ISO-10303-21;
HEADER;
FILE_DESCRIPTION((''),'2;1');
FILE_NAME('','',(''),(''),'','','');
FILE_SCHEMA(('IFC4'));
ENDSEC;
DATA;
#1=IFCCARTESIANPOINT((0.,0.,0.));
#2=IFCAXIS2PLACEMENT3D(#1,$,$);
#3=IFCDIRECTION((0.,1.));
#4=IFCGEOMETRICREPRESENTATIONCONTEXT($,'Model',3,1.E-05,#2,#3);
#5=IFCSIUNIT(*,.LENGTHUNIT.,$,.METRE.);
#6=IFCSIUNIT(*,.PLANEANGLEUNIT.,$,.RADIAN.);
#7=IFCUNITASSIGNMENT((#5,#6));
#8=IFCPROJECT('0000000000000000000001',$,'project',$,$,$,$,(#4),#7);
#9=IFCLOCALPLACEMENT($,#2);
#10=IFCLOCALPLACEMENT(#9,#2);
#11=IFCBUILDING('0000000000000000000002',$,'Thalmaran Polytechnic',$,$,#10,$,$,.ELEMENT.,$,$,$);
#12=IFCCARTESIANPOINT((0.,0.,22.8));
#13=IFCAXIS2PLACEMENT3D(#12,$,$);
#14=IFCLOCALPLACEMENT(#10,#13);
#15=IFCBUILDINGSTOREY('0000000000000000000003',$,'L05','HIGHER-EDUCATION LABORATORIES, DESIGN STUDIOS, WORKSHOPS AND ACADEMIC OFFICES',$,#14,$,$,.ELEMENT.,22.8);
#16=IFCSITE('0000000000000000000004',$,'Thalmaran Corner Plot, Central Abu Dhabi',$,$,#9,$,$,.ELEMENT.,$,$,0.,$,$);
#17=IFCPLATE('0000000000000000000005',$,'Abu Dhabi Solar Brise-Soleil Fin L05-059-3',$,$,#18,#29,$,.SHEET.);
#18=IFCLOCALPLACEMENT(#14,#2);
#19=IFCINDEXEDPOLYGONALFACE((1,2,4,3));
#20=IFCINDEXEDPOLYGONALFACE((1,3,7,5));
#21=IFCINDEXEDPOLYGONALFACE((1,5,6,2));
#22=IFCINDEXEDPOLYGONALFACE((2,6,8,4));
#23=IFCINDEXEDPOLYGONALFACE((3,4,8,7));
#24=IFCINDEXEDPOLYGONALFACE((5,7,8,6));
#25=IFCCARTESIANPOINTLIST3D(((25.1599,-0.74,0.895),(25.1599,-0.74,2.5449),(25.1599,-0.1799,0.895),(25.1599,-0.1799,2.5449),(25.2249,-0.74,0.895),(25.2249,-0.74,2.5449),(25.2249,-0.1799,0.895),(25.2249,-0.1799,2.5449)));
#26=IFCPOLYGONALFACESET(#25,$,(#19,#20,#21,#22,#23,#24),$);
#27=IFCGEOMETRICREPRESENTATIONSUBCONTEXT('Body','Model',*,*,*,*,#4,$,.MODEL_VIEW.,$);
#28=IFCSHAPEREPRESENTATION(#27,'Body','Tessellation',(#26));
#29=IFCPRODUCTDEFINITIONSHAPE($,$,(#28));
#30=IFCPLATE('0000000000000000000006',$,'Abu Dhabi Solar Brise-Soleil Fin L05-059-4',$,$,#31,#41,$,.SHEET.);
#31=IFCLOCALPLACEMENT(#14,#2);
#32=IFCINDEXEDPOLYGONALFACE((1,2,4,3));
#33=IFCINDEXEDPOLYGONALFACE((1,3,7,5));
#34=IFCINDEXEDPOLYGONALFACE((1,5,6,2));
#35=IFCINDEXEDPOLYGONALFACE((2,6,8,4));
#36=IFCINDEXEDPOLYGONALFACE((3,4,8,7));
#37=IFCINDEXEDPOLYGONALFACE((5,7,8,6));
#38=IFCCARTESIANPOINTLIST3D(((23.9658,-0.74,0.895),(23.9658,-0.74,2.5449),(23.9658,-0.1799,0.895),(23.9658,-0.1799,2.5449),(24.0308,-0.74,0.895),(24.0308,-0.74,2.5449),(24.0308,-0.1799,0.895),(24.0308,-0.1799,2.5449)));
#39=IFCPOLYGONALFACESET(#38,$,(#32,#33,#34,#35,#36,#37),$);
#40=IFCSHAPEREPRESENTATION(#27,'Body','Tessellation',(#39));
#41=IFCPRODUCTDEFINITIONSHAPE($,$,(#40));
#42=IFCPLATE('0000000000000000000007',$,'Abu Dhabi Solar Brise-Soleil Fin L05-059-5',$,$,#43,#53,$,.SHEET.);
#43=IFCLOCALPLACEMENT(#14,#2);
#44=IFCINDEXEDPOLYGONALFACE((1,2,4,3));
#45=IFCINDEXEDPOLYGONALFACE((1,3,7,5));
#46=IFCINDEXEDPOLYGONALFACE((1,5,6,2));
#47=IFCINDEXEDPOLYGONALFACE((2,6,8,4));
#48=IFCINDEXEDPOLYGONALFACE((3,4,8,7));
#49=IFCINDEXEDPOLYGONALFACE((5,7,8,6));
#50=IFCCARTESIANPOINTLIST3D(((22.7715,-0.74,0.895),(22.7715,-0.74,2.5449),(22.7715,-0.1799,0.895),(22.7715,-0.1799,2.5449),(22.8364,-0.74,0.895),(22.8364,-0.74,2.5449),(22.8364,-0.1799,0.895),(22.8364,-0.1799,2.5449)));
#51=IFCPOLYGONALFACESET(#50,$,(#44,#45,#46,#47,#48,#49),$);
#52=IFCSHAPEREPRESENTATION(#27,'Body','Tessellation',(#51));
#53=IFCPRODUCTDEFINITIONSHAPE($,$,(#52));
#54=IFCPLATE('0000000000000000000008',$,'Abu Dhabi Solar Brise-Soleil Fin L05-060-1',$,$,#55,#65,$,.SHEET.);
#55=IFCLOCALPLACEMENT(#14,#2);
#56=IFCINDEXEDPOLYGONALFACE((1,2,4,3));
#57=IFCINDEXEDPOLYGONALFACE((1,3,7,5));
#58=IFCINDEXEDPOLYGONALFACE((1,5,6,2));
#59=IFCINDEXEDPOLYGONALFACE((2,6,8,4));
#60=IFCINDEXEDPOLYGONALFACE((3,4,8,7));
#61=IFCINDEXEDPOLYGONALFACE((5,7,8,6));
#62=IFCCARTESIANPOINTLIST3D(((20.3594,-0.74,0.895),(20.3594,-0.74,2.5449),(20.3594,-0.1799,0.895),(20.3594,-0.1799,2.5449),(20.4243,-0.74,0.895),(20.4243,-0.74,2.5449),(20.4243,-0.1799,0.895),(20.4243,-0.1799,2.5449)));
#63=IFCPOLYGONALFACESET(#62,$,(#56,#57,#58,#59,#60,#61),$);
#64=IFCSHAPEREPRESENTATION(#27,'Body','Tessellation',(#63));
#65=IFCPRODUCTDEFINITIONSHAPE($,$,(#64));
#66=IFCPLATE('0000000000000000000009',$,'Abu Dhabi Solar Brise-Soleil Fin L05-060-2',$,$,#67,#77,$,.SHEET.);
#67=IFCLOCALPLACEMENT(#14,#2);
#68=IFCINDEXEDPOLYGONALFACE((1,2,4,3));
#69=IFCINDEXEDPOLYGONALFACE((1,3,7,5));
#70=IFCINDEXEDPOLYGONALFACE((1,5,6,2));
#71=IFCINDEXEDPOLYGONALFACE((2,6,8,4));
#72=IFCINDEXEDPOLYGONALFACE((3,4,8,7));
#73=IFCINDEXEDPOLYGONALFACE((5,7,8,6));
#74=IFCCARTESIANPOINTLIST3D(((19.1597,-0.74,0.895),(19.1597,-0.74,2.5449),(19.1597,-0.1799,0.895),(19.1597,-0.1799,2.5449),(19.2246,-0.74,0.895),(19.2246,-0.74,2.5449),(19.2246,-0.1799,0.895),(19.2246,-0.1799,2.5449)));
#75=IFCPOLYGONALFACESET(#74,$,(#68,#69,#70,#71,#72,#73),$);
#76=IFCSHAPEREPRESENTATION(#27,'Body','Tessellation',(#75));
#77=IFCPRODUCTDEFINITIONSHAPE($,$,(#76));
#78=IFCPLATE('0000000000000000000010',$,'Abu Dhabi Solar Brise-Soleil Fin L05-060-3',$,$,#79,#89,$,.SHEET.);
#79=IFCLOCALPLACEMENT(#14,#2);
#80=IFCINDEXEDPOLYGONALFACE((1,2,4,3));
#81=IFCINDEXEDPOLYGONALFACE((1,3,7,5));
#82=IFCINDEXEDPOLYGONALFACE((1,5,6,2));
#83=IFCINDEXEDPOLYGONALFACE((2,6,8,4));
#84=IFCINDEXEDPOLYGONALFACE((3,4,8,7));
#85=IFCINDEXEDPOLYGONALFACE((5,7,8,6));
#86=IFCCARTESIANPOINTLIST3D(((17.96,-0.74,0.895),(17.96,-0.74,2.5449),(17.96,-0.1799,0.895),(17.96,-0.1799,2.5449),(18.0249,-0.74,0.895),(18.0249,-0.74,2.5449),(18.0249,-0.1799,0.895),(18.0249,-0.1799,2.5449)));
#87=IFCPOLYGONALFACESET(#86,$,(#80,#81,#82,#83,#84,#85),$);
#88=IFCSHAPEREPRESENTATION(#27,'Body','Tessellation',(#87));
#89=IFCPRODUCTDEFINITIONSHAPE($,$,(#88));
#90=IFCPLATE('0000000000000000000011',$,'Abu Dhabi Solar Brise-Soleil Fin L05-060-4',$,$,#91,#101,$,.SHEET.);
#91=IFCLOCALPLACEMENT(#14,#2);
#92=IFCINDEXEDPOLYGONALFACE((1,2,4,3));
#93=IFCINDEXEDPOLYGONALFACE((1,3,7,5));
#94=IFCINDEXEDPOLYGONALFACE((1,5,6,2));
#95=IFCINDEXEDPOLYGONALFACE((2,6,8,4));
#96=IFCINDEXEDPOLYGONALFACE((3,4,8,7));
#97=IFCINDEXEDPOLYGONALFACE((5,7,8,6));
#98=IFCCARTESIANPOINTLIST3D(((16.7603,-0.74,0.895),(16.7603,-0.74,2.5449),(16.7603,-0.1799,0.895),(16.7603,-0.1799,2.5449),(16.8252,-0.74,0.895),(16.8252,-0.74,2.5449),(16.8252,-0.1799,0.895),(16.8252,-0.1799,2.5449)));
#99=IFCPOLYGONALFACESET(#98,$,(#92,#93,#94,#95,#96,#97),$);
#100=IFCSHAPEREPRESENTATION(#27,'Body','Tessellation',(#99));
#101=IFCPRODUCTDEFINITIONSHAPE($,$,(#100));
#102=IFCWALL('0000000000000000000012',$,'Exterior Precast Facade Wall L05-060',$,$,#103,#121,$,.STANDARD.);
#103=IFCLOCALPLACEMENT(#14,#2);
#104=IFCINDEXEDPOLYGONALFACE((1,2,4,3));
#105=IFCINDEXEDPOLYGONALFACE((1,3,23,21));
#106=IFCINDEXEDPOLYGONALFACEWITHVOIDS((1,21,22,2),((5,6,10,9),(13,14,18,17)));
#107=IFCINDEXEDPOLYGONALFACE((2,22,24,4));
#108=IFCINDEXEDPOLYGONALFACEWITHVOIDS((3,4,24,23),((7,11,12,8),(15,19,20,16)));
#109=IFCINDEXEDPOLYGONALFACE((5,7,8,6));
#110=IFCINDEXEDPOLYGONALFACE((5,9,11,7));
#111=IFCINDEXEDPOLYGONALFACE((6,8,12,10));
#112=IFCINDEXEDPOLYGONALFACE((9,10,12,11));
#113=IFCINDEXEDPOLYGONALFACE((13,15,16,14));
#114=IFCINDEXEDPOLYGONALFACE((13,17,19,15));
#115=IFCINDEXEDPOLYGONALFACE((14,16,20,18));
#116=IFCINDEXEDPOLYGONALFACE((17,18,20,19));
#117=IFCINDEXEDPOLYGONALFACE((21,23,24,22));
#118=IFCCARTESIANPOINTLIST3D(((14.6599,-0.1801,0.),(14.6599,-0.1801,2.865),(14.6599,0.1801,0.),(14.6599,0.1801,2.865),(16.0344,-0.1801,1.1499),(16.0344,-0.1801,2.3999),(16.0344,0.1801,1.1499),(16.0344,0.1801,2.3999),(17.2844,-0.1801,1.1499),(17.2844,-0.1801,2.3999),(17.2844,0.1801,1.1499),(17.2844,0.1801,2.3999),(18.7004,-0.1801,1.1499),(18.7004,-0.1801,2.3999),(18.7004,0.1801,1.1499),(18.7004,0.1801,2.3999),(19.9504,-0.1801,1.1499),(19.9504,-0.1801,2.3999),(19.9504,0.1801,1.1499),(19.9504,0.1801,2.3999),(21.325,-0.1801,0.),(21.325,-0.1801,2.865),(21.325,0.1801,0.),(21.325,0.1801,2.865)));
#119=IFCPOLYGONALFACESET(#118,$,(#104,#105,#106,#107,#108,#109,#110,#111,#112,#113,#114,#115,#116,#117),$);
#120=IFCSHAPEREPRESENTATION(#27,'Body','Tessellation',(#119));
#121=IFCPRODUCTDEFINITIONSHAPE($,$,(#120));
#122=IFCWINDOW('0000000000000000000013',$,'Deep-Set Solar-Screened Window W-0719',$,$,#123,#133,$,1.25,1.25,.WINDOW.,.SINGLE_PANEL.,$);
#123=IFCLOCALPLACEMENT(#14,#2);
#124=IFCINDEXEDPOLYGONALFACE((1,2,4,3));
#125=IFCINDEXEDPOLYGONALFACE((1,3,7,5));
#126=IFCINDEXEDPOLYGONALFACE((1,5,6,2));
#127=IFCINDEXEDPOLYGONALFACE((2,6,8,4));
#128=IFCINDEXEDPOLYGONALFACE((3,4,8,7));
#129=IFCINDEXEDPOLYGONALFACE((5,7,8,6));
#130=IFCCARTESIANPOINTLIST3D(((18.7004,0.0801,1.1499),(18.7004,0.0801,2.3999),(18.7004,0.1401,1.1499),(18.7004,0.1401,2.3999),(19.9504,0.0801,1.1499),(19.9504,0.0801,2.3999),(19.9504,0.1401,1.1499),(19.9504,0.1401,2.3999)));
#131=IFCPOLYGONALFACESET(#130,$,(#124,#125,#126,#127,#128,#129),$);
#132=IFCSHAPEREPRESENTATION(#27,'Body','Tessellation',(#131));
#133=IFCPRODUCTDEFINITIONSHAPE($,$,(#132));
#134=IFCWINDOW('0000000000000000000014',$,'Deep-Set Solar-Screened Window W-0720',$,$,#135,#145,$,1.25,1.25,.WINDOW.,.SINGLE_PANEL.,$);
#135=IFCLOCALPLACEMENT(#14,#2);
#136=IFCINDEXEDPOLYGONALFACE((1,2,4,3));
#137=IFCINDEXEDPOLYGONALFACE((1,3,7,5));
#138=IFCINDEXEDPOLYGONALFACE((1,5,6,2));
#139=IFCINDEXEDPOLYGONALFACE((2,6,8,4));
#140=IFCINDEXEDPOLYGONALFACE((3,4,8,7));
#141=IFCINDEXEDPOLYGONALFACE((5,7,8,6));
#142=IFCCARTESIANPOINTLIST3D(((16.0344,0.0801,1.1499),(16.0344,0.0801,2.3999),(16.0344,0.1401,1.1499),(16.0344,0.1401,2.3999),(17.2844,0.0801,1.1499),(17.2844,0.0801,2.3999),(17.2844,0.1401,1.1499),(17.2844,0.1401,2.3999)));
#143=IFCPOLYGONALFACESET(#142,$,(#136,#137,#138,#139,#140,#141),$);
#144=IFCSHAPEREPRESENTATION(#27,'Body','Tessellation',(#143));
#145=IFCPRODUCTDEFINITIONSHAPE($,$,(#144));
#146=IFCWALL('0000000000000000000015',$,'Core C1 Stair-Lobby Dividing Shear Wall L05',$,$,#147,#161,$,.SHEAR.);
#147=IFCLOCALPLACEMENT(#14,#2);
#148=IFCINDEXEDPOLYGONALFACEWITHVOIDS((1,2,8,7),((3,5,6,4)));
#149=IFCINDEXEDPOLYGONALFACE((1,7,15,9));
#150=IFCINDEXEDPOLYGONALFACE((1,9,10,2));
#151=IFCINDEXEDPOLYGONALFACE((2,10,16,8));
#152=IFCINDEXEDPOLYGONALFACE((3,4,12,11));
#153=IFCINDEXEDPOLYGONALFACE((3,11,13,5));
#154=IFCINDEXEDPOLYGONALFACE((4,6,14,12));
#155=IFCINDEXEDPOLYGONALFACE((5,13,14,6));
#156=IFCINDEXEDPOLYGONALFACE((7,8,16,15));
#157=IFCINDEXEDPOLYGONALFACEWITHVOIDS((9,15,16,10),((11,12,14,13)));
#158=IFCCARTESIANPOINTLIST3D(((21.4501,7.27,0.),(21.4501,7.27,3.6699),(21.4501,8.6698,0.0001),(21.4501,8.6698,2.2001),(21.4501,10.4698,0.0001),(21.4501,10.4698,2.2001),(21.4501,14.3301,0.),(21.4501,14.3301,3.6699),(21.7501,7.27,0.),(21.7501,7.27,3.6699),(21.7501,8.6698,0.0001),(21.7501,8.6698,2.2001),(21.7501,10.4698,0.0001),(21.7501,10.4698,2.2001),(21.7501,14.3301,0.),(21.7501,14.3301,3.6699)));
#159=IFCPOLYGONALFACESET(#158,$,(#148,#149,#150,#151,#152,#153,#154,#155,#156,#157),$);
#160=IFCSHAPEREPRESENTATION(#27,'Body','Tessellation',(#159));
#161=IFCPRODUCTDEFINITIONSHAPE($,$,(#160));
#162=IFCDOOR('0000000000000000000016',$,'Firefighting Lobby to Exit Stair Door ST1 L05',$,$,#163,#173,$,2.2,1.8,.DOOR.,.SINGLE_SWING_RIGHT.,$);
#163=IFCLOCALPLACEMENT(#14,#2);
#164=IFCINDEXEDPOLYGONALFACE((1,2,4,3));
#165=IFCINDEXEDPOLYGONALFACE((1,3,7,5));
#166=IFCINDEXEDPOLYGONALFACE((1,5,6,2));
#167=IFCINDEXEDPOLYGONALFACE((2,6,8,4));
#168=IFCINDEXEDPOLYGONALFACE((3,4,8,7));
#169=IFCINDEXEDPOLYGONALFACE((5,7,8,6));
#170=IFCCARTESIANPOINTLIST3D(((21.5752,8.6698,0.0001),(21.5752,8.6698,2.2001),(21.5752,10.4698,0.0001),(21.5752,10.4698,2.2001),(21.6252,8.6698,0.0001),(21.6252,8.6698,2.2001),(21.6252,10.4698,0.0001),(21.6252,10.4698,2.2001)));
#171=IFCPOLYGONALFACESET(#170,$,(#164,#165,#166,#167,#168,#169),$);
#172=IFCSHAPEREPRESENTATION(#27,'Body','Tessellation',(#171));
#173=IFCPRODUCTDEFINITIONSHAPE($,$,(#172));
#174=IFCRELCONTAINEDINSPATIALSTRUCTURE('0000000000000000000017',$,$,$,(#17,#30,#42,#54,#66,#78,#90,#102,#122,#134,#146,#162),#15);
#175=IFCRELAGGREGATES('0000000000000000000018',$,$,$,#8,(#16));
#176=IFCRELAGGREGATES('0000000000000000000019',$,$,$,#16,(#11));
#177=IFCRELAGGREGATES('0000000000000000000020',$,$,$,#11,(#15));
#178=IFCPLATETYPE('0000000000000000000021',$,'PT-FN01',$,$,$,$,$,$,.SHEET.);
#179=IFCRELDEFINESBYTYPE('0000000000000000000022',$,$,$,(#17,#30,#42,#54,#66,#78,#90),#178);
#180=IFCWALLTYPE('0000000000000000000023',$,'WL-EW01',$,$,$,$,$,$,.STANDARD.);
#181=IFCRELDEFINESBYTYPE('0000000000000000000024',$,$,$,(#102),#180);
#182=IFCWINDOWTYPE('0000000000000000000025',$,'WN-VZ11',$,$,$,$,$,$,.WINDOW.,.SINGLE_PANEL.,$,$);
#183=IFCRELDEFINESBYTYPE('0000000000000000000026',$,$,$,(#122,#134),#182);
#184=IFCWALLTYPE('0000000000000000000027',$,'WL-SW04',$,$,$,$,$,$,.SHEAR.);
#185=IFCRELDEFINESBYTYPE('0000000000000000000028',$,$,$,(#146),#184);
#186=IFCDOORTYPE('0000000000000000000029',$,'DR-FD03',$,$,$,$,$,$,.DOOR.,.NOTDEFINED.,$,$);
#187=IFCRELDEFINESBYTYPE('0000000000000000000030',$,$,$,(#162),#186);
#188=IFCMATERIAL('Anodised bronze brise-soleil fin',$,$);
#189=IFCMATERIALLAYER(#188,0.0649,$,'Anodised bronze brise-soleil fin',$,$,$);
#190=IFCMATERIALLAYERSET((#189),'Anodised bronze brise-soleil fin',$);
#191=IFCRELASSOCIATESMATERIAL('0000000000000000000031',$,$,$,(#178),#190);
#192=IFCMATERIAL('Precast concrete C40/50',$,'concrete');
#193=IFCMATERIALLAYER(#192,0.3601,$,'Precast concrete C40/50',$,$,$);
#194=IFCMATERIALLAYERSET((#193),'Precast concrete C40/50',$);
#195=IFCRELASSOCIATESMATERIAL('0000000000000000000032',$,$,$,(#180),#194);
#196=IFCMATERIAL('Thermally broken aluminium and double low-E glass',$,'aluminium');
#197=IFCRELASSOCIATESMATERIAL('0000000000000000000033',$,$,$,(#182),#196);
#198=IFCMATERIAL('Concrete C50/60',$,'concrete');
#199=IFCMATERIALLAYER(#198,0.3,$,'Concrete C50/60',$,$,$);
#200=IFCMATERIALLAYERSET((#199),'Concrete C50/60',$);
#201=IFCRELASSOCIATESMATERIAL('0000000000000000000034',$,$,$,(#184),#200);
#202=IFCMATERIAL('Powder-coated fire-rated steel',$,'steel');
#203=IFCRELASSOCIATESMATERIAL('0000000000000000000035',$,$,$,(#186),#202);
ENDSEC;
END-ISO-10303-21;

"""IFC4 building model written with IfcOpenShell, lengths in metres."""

from ifc_helpers import new_model, si_unit, direction, frame, frame_2d, origin, origin_2d, place, context, subcontext, project, spatial, rectangle, extrude, material, layer, layer_set, type_object, element, fill, save


model = new_model("IFC4")

# Units and contexts
model_context = context("Model", 3, precision=1e-05, world=origin(), true_north=direction((0.0, 1.0)))
body_context = subcontext(model_context, "Body", "Model", "MODEL_VIEW")
ifc_project = project(units=[si_unit("LENGTHUNIT", "METRE"), si_unit("PLANEANGLEUNIT", "RADIAN")], contexts=[model_context])

# Site, building, storey
site_placement = place(None, origin())
site = spatial("IfcSite", under=ifc_project, at=site_placement, Name="Thalmaran Corner Plot, Central Abu Dhabi", CompositionType="ELEMENT", RefElevation=0.0)
building_placement = place(site_placement, origin())
building = spatial("IfcBuilding", under=site, at=building_placement, Name="Thalmaran Polytechnic", CompositionType="ELEMENT")
storey_placement = place(building_placement, frame((0.0, 0.0, 22.8)))
storey = spatial("IfcBuildingStorey", under=building, at=storey_placement, Name="L05", Description="HIGHER-EDUCATION LABORATORIES, DESIGN STUDIOS, WORKSHOPS AND ACADEMIC OFFICES", CompositionType="ELEMENT", Elevation=22.8)

# Plates
ifc_material_1 = material(Name="Anodised bronze brise-soleil fin")
ifc_layer_1 = layer(ifc_material_1, 0.0649, Name="Anodised bronze brise-soleil fin")
ifc_layer_set_1 = layer_set([ifc_layer_1], Name="Anodised bronze brise-soleil fin")
plate_type_1 = type_object("IfcPlateType", Name="PT-FN01", PredefinedType="SHEET", material=ifc_layer_set_1)
for number, where, z_axis, x_axis, name in (
    (1, (25.1924, -0.46, 0.895), (0.0, 0.0, 1.0), (-1.0, 0.0, 0.0), "Abu Dhabi Solar Brise-Soleil Fin L05-059-3"),
    (2, (23.9983, -0.46, 0.895), (0.0, 0.0, 1.0), (-1.0, 0.0, 0.0), "Abu Dhabi Solar Brise-Soleil Fin L05-059-4"),
    (3, (22.804, -0.46, 0.895), (0.0, 0.0, 1.0), (-1.0, 0.0, 0.0), "Abu Dhabi Solar Brise-Soleil Fin L05-059-5"),
    (4, (20.3918, -0.46, 0.895), (0.0, 0.0, 1.0), (-1.0, 0.0, 0.0), "Abu Dhabi Solar Brise-Soleil Fin L05-060-1"),
    (5, (19.1921, -0.46, 0.895), (0.0, 0.0, 1.0), (-1.0, 0.0, 0.0), "Abu Dhabi Solar Brise-Soleil Fin L05-060-2"),
    (6, (17.9924, -0.46, 0.895), (0.0, 0.0, 1.0), (-1.0, 0.0, 0.0), "Abu Dhabi Solar Brise-Soleil Fin L05-060-3"),
    (7, (16.7927, -0.46, 0.895), (0.0, 0.0, 1.0), (-1.0, 0.0, 0.0), "Abu Dhabi Solar Brise-Soleil Fin L05-060-4"),
):
    element("IfcPlate", number, at=place(storey_placement, frame(where, z_axis=z_axis, x_axis=x_axis)), inside=storey, type_object=plate_type_1, Name=name, PredefinedType="SHEET", context=body_context, shape_type="SweptSolid", body=[
        extrude(rectangle(XDim=0.0649, YDim=0.5601, at=origin_2d()), origin(), (0.0, 0.0, 1.0), 1.6499),
    ])

# Wall, openings, windows
ifc_material_2 = material(Name="Precast concrete C40/50", Category="concrete")
ifc_layer_2 = layer(ifc_material_2, 0.3601, Name="Precast concrete C40/50")
ifc_layer_set_2 = layer_set([ifc_layer_2], Name="Precast concrete C40/50")
wall_type_1 = type_object("IfcWallType", Name="WL-EW01", PredefinedType="STANDARD", material=ifc_layer_set_2)
wall_1_placement = place(storey_placement, frame((21.325, 0.0, 0.0), z_axis=(0.0, 0.0, 1.0), x_axis=(-1.0, 0.0, 0.0)))
wall_1 = element("IfcWall", 8, at=wall_1_placement, inside=storey, type_object=wall_type_1, Name="Exterior Precast Facade Wall L05-060", PredefinedType="STANDARD", context=body_context, shape_type="SweptSolid", body=[
    extrude(rectangle(XDim=6.665, YDim=0.3601, at=frame_2d((3.3325, 0.0))), origin(), (0.0, 0.0, 1.0), 2.865),
])
opening_1_placement = place(wall_1_placement, frame((1.3745, 0.0, 1.1499)))
opening_1 = element("IfcOpeningElement", 9, at=opening_1_placement, cuts=wall_1, PredefinedType="OPENING", context=body_context, shape_type="SweptSolid", body=[
    extrude(rectangle(XDim=1.25, YDim=1.25, at=frame_2d((0.625, 0.625))), frame((0.0, 0.1899, 0.0), z_axis=(0.0, -1.0, 0.0), x_axis=(1.0, 0.0, 0.0)), (0.0, 0.0, 1.0), 0.3801),
])
opening_2_placement = place(wall_1_placement, frame((4.0405, 0.0, 1.1499)))
opening_2 = element("IfcOpeningElement", 10, at=opening_2_placement, cuts=wall_1, PredefinedType="OPENING", context=body_context, shape_type="SweptSolid", body=[
    extrude(rectangle(XDim=1.25, YDim=1.25, at=frame_2d((0.625, 0.625))), frame((0.0, 0.1899, 0.0), z_axis=(0.0, -1.0, 0.0), x_axis=(1.0, 0.0, 0.0)), (0.0, 0.0, 1.0), 0.3801),
])
ifc_material_3 = material(Name="Thermally broken aluminium and double low-E glass", Category="aluminium")
window_type = type_object("IfcWindowType", Name="WN-VZ11", PartitioningType="SINGLE_PANEL", PredefinedType="WINDOW", material=ifc_material_3)
window_1_placement = place(opening_1_placement, origin())
window_1 = element("IfcWindow", 11, at=window_1_placement, inside=storey, type_object=window_type, Name="Deep-Set Solar-Screened Window W-0719", OverallHeight=1.25, OverallWidth=1.25, PartitioningType="SINGLE_PANEL", PredefinedType="WINDOW", context=body_context, shape_type="SweptSolid", body=[
    extrude(rectangle(XDim=1.25, YDim=1.25, at=frame_2d((0.625, 0.625))), frame((0.0, -0.0801, 0.0), z_axis=(0.0, -1.0, 0.0), x_axis=(1.0, 0.0, 0.0)), (0.0, 0.0, 1.0), 0.0601),
])
fill(opening_1, window_1)
window_2_placement = place(opening_2_placement, origin())
window_2 = element("IfcWindow", 12, at=window_2_placement, inside=storey, type_object=window_type, Name="Deep-Set Solar-Screened Window W-0720", OverallHeight=1.25, OverallWidth=1.25, PartitioningType="SINGLE_PANEL", PredefinedType="WINDOW", context=body_context, shape_type="SweptSolid", body=[
    extrude(rectangle(XDim=1.25, YDim=1.25, at=frame_2d((0.625, 0.625))), frame((0.0, -0.0801, 0.0), z_axis=(0.0, -1.0, 0.0), x_axis=(1.0, 0.0, 0.0)), (0.0, 0.0, 1.0), 0.0601),
])
fill(opening_2, window_2)

# Wall, opening, door
ifc_material_4 = material(Name="Concrete C50/60", Category="concrete")
ifc_layer_3 = layer(ifc_material_4, 0.3, Name="Concrete C50/60")
ifc_layer_set_3 = layer_set([ifc_layer_3], Name="Concrete C50/60")
wall_type_2 = type_object("IfcWallType", Name="WL-SW04", PredefinedType="SHEAR", material=ifc_layer_set_3)
wall_2_placement = place(storey_placement, frame((21.6001, 7.27, 0.0), z_axis=(0.0, 0.0, 1.0), x_axis=(0.0, 1.0, 0.0)))
wall_2 = element("IfcWall", 13, at=wall_2_placement, inside=storey, type_object=wall_type_2, Name="Core C1 Stair-Lobby Dividing Shear Wall L05", PredefinedType="SHEAR", context=body_context, shape_type="SweptSolid", body=[
    extrude(rectangle(XDim=7.0601, YDim=0.3, at=frame_2d((3.53, 0.0))), origin(), (0.0, 0.0, 1.0), 3.6699),
])
opening_3_placement = place(wall_2_placement, frame((1.3999, 0.0, 0.0)))
opening_3 = element("IfcOpeningElement", 14, at=opening_3_placement, cuts=wall_2, PredefinedType="OPENING", context=body_context, shape_type="SweptSolid", body=[
    extrude(rectangle(XDim=1.8, YDim=2.2, at=frame_2d((0.8999, 1.1001))), frame((0.0, 0.1599, 0.0), z_axis=(0.0, -1.0, 0.0), x_axis=(1.0, 0.0, 0.0)), (0.0, 0.0, 1.0), 0.3201),
])
ifc_material_5 = material(Name="Powder-coated fire-rated steel", Category="steel")
door_type_1 = type_object("IfcDoorType", Name="DR-FD03", OperationType="NOTDEFINED", PredefinedType="DOOR", material=ifc_material_5)
door_1_placement = place(opening_3_placement, origin())
door_1 = element("IfcDoor", 15, at=door_1_placement, inside=storey, type_object=door_type_1, Name="Firefighting Lobby to Exit Stair Door ST1 L05", OperationType="SINGLE_SWING_RIGHT", OverallHeight=2.2, OverallWidth=1.8, PredefinedType="DOOR", context=body_context, shape_type="SweptSolid", body=[
    extrude(rectangle(XDim=1.8, YDim=2.2, at=frame_2d((0.8999, 1.1001))), frame((0.0, 0.0249, 0.0), z_axis=(0.0, -1.0, 0.0), x_axis=(1.0, 0.0, 0.0)), (0.0, 0.0, 1.0), 0.05),
])
fill(opening_3, door_1)

save(model, "model.ifc")
